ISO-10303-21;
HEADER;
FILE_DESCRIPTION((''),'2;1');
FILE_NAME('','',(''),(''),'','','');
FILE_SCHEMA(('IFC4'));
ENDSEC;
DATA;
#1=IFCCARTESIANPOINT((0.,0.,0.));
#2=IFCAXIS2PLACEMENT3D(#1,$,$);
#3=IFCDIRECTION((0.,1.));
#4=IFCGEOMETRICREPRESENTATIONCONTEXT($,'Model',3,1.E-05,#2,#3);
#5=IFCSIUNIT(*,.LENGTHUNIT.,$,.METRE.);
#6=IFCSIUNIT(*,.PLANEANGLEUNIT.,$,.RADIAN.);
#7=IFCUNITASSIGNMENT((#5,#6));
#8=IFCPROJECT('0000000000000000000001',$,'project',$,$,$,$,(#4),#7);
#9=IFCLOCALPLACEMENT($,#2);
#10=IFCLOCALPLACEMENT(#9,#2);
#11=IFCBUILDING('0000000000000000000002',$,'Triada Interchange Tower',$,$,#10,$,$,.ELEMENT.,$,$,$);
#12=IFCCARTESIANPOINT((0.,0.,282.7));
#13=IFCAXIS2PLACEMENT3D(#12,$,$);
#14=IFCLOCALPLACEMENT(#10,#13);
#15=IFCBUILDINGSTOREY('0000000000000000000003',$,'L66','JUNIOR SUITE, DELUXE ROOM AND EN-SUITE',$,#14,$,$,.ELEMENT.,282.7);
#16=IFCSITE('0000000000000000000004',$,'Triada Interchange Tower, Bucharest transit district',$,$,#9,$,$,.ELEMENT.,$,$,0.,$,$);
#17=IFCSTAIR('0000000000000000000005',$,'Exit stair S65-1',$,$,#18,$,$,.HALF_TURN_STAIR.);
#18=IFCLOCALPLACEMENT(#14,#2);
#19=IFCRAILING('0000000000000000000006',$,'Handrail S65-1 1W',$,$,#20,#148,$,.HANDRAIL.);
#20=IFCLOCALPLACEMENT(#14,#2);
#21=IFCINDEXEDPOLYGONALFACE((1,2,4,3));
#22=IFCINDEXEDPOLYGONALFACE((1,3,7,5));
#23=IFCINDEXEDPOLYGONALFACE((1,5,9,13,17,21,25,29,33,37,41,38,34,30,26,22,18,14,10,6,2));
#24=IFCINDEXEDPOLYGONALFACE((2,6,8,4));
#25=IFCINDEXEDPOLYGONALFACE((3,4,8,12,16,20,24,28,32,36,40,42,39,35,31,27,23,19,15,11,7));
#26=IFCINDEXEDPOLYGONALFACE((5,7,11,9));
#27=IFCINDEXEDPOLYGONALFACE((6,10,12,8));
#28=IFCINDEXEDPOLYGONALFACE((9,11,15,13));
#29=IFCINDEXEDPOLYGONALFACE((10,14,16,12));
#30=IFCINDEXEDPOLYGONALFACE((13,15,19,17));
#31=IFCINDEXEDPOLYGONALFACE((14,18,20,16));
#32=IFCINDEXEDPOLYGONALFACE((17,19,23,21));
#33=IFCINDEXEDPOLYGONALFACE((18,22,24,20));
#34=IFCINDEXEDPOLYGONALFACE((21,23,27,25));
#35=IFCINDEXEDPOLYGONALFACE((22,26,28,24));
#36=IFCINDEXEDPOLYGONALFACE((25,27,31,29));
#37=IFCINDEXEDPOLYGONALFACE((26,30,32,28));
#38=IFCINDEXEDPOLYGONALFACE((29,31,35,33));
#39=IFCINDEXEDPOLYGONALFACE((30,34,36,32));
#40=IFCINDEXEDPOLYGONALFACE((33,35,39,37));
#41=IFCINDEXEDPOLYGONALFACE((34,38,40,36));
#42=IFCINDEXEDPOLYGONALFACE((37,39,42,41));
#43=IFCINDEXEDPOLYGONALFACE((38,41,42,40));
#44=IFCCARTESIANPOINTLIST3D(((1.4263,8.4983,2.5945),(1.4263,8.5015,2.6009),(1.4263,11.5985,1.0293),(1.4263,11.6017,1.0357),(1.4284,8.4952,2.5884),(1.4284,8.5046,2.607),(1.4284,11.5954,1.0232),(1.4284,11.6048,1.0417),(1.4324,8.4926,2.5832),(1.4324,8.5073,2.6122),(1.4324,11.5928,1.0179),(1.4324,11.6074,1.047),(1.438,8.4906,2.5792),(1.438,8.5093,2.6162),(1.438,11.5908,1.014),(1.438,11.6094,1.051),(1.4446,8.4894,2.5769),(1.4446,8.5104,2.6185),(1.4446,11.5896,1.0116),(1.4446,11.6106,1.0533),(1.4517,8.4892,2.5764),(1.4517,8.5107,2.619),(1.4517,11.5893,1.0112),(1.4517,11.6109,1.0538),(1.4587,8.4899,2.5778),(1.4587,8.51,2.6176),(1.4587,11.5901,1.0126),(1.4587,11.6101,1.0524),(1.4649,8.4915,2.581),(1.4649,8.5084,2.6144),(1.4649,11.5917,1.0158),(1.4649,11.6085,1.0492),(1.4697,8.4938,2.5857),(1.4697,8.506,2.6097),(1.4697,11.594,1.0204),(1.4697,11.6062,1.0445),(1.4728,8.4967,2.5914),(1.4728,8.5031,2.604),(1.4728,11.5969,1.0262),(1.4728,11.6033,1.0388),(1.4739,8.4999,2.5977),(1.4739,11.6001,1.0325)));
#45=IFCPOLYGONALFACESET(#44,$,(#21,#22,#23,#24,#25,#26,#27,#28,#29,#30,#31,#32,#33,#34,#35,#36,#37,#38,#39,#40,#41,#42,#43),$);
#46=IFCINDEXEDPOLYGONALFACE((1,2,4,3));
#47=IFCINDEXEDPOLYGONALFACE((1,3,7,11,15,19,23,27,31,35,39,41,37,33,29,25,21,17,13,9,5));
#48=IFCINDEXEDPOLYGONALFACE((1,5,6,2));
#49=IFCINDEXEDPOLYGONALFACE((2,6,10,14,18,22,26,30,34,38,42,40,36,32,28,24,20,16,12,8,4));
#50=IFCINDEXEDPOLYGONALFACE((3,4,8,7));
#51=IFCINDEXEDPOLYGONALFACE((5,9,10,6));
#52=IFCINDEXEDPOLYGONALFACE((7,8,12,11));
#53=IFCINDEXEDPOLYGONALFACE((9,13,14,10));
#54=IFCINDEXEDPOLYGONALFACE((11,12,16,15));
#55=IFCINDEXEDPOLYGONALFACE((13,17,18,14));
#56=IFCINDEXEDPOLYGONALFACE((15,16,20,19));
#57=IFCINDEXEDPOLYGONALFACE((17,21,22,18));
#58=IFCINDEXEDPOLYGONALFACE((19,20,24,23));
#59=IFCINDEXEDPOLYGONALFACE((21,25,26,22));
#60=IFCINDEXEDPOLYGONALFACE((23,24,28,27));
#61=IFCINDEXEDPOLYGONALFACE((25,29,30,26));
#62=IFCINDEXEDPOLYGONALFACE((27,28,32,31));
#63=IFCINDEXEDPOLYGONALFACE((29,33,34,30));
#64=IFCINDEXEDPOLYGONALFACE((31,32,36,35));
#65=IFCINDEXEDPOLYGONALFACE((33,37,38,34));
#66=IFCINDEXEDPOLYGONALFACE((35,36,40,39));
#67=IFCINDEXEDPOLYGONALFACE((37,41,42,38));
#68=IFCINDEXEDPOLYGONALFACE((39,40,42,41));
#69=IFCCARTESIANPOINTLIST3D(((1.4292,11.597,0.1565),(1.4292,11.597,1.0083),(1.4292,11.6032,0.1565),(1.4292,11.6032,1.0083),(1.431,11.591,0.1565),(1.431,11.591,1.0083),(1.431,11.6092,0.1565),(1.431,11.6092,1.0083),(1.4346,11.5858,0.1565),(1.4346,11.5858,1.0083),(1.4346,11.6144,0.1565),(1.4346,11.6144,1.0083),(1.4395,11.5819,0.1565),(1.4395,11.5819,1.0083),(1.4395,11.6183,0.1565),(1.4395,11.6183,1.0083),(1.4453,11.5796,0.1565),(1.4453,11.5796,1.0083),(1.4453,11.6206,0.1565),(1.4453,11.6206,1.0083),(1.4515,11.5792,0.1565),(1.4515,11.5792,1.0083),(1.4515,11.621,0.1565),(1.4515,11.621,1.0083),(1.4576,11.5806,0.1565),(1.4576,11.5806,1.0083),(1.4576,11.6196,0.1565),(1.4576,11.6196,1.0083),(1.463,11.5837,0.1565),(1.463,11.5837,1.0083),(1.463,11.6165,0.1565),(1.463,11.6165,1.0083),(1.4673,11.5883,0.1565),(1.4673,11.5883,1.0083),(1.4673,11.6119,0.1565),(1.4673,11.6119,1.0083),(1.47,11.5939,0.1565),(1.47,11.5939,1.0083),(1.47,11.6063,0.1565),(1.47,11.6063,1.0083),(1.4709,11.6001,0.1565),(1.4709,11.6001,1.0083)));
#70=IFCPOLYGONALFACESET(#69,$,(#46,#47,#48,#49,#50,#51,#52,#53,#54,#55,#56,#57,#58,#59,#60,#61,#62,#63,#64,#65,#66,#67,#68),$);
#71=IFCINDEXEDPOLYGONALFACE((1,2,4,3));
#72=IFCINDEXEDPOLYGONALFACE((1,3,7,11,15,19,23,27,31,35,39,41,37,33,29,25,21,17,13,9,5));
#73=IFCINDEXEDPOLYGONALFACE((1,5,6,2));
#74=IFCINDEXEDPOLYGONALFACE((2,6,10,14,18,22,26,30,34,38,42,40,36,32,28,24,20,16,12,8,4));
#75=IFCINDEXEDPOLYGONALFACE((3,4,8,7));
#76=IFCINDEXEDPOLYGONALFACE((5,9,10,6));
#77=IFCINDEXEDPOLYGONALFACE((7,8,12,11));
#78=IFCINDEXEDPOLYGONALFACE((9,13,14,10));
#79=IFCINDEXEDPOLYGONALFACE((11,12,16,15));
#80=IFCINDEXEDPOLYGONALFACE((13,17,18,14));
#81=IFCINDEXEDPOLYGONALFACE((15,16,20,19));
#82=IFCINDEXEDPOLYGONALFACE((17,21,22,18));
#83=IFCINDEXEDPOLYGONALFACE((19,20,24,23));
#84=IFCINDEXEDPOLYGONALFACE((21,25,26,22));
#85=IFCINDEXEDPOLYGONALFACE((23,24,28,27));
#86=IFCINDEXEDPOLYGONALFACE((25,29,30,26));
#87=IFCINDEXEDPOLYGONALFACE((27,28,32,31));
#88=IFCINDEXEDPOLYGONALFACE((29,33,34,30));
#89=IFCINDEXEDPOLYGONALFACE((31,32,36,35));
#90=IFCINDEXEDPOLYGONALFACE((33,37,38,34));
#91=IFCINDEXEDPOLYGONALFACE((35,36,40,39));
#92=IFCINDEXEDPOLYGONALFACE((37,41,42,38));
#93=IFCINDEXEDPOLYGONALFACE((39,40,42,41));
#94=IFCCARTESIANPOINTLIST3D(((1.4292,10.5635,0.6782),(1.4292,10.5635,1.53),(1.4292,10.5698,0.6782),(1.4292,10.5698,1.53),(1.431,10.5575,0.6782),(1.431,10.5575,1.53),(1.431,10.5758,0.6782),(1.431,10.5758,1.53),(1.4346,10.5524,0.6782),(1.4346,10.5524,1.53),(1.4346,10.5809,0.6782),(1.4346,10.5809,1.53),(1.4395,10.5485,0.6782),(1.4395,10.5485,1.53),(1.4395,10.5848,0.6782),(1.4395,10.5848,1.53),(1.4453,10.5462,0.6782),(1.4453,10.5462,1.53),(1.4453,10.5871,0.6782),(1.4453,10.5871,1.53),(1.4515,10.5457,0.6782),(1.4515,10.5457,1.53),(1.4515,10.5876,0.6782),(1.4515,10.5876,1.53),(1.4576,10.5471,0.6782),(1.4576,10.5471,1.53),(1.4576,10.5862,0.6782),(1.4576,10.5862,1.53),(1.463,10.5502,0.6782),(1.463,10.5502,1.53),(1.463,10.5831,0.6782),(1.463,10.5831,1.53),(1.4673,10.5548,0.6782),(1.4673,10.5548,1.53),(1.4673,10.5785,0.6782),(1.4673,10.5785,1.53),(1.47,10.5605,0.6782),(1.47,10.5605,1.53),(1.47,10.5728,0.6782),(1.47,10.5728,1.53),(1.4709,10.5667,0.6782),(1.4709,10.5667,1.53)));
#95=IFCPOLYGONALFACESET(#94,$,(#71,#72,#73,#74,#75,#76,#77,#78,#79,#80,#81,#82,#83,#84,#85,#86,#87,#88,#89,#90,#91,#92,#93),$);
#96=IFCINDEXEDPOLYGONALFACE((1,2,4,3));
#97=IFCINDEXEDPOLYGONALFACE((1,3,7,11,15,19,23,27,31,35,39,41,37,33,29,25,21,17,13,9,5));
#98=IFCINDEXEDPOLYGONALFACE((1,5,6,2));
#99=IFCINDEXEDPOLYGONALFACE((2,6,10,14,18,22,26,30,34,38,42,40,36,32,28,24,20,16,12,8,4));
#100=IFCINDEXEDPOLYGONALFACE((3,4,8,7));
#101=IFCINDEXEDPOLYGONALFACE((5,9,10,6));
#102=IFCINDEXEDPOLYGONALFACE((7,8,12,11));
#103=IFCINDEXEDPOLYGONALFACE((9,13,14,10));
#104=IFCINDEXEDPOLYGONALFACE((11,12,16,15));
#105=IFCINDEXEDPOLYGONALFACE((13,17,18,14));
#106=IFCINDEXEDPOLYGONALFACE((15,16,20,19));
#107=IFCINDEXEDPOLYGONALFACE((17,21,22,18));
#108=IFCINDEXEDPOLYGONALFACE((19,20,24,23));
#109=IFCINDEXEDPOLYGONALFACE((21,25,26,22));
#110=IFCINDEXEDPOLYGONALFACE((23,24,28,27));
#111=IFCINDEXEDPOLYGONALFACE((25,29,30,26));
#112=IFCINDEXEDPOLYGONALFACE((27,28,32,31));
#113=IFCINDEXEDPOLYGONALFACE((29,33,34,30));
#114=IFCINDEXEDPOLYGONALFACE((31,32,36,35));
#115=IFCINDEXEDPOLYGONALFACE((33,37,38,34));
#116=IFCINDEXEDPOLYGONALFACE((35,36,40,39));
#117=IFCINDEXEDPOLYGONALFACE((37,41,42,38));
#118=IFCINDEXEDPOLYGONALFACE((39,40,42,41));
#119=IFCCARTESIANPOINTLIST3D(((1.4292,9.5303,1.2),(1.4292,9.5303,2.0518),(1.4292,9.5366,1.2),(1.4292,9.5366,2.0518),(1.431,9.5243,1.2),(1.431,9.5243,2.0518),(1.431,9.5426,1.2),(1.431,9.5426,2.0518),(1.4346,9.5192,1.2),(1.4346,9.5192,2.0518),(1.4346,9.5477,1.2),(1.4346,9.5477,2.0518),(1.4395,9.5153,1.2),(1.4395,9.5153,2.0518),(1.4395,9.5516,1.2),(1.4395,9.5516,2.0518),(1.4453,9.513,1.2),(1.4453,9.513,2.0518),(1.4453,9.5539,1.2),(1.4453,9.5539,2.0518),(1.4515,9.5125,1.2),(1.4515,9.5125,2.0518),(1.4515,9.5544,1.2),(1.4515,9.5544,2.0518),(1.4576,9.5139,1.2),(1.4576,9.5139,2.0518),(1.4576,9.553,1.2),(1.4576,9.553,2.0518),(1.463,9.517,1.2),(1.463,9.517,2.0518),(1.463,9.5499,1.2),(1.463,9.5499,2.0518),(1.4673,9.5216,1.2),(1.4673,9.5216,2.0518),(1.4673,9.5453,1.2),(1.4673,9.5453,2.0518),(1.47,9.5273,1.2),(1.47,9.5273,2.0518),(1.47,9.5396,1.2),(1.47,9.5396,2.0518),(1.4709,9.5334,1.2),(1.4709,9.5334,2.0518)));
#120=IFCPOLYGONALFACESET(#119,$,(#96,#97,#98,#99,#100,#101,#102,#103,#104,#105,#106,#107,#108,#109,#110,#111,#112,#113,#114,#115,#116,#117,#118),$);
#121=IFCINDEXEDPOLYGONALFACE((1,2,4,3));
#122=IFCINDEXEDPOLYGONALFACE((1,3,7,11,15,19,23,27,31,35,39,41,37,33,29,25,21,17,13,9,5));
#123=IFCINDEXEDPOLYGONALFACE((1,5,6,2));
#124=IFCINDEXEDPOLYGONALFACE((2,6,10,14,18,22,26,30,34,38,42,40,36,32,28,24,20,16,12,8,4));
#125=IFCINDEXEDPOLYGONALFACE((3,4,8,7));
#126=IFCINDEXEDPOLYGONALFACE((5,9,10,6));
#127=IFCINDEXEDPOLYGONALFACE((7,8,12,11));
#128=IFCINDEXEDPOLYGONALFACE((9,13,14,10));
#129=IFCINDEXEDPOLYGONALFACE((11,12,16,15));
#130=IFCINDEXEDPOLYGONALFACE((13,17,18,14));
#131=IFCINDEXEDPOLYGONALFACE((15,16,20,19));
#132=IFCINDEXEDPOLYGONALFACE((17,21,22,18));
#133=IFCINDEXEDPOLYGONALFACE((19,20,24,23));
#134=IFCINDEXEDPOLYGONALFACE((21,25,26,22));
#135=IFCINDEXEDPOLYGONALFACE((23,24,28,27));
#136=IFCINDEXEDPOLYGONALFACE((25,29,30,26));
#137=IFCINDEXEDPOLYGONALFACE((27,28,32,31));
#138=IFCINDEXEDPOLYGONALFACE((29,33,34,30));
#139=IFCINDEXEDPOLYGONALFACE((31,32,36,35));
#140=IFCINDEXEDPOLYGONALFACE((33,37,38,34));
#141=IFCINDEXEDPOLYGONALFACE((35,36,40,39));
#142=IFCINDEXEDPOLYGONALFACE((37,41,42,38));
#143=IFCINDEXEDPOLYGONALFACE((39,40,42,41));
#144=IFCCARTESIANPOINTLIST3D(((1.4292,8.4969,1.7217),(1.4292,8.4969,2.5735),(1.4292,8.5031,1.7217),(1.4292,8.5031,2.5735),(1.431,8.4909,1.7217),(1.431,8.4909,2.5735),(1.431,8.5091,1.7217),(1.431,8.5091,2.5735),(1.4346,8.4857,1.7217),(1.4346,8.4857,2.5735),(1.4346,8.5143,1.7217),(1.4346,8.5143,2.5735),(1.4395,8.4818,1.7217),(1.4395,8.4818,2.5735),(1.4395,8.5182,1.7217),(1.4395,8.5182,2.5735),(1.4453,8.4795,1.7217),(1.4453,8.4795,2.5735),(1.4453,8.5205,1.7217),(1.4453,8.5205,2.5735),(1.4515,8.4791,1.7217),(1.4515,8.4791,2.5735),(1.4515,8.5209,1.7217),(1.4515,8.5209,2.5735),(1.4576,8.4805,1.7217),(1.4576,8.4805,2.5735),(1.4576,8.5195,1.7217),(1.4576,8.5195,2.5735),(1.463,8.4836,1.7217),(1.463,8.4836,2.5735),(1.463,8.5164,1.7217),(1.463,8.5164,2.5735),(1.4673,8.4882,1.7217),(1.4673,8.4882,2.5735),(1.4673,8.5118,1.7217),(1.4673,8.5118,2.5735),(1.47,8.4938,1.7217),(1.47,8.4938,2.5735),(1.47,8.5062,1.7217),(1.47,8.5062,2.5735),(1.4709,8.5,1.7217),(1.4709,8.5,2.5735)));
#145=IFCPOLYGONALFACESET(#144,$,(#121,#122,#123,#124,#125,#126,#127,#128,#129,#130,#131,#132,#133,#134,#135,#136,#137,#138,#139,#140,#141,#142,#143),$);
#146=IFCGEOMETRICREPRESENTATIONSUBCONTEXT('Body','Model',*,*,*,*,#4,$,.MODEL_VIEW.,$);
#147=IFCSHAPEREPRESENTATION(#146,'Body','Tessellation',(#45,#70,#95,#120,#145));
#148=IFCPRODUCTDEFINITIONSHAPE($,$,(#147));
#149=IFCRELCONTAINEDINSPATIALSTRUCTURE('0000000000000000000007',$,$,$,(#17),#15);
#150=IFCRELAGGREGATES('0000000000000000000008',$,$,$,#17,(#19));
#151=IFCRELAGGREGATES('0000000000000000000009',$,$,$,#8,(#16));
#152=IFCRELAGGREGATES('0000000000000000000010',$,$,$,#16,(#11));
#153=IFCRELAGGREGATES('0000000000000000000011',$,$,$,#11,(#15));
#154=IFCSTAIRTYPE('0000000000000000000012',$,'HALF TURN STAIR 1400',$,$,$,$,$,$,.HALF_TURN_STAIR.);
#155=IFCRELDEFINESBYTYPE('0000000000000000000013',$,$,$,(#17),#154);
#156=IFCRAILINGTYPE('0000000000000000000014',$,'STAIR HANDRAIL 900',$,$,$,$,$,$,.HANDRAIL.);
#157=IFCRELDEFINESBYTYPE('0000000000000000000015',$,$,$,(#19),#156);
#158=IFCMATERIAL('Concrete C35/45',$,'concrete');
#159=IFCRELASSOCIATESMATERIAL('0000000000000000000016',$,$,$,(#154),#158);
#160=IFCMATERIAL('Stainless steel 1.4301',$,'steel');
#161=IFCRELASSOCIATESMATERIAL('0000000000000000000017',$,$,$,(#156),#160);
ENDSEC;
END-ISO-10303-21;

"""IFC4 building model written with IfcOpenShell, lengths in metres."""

from ifc_helpers import new_model, si_unit, direction, frame, origin, origin_2d, place, context, subcontext, project, spatial, circle, extrude, material, type_object, element, aggregate, save


model = new_model("IFC4")

# Units and contexts
model_context = context("Model", 3, precision=1e-05, world=origin(), true_north=direction((0.0, 1.0)))
body_context = subcontext(model_context, "Body", "Model", "MODEL_VIEW")
ifc_project = project(units=[si_unit("LENGTHUNIT", "METRE"), si_unit("PLANEANGLEUNIT", "RADIAN")], contexts=[model_context])

# Site, building, storey
site_placement = place(None, origin())
site = spatial("IfcSite", under=ifc_project, at=site_placement, Name="Triada Interchange Tower, Bucharest transit district", CompositionType="ELEMENT", RefElevation=0.0)
building_placement = place(site_placement, origin())
building = spatial("IfcBuilding", under=site, at=building_placement, Name="Triada Interchange Tower", CompositionType="ELEMENT")
storey_placement = place(building_placement, frame((0.0, 0.0, 282.7)))
storey = spatial("IfcBuildingStorey", under=building, at=storey_placement, Name="L66", Description="JUNIOR SUITE, DELUXE ROOM AND EN-SUITE", CompositionType="ELEMENT", Elevation=282.7)

# Stair
ifc_material_1 = material(Name="Concrete C35/45", Category="concrete")
stair_type = type_object("IfcStairType", Name="HALF TURN STAIR 1400", PredefinedType="HALF_TURN_STAIR", material=ifc_material_1)
stair_placement = place(storey_placement, origin())
stair = element("IfcStair", 1, at=stair_placement, inside=storey, type_object=stair_type, Name="Exit stair S65-1", PredefinedType="HALF_TURN_STAIR")

# Railing
ifc_material_2 = material(Name="Stainless steel 1.4301", Category="steel")
railing_type = type_object("IfcRailingType", Name="STAIR HANDRAIL 900", PredefinedType="HANDRAIL", material=ifc_material_2)
railing_1_placement = place(storey_placement, frame((1.45, 11.6001, 0.1565)))
railing_1 = element("IfcRailing", 2, at=railing_1_placement, type_object=railing_type, Name="Handrail S65-1 1W", PredefinedType="HANDRAIL", context=body_context, shape_type="SweptSolid", body=[
    extrude(circle(Radius=0.0239, at=origin_2d()), frame((0.0, 0.0, 0.876), z_axis=(0.0, -0.892677, 0.450697), x_axis=(1.0, 0.0, 0.0)), (0.0, 0.0, 1.0), 3.4729),
    extrude(circle(Radius=0.021, at=origin_2d()), origin(), (0.0, 0.0, 1.0), 0.8518),
    extrude(circle(Radius=0.021, at=origin_2d()), frame((0.0, -1.0334, 0.5217)), (0.0, 0.0, 1.0), 0.8518),
    extrude(circle(Radius=0.021, at=origin_2d()), frame((0.0, -2.0667, 1.0435)), (0.0, 0.0, 1.0), 0.8518),
    extrude(circle(Radius=0.021, at=origin_2d()), frame((0.0, -3.1001, 1.5652)), (0.0, 0.0, 1.0), 0.8518),
])
aggregate(stair, [railing_1])

save(model, "model.ifc")
